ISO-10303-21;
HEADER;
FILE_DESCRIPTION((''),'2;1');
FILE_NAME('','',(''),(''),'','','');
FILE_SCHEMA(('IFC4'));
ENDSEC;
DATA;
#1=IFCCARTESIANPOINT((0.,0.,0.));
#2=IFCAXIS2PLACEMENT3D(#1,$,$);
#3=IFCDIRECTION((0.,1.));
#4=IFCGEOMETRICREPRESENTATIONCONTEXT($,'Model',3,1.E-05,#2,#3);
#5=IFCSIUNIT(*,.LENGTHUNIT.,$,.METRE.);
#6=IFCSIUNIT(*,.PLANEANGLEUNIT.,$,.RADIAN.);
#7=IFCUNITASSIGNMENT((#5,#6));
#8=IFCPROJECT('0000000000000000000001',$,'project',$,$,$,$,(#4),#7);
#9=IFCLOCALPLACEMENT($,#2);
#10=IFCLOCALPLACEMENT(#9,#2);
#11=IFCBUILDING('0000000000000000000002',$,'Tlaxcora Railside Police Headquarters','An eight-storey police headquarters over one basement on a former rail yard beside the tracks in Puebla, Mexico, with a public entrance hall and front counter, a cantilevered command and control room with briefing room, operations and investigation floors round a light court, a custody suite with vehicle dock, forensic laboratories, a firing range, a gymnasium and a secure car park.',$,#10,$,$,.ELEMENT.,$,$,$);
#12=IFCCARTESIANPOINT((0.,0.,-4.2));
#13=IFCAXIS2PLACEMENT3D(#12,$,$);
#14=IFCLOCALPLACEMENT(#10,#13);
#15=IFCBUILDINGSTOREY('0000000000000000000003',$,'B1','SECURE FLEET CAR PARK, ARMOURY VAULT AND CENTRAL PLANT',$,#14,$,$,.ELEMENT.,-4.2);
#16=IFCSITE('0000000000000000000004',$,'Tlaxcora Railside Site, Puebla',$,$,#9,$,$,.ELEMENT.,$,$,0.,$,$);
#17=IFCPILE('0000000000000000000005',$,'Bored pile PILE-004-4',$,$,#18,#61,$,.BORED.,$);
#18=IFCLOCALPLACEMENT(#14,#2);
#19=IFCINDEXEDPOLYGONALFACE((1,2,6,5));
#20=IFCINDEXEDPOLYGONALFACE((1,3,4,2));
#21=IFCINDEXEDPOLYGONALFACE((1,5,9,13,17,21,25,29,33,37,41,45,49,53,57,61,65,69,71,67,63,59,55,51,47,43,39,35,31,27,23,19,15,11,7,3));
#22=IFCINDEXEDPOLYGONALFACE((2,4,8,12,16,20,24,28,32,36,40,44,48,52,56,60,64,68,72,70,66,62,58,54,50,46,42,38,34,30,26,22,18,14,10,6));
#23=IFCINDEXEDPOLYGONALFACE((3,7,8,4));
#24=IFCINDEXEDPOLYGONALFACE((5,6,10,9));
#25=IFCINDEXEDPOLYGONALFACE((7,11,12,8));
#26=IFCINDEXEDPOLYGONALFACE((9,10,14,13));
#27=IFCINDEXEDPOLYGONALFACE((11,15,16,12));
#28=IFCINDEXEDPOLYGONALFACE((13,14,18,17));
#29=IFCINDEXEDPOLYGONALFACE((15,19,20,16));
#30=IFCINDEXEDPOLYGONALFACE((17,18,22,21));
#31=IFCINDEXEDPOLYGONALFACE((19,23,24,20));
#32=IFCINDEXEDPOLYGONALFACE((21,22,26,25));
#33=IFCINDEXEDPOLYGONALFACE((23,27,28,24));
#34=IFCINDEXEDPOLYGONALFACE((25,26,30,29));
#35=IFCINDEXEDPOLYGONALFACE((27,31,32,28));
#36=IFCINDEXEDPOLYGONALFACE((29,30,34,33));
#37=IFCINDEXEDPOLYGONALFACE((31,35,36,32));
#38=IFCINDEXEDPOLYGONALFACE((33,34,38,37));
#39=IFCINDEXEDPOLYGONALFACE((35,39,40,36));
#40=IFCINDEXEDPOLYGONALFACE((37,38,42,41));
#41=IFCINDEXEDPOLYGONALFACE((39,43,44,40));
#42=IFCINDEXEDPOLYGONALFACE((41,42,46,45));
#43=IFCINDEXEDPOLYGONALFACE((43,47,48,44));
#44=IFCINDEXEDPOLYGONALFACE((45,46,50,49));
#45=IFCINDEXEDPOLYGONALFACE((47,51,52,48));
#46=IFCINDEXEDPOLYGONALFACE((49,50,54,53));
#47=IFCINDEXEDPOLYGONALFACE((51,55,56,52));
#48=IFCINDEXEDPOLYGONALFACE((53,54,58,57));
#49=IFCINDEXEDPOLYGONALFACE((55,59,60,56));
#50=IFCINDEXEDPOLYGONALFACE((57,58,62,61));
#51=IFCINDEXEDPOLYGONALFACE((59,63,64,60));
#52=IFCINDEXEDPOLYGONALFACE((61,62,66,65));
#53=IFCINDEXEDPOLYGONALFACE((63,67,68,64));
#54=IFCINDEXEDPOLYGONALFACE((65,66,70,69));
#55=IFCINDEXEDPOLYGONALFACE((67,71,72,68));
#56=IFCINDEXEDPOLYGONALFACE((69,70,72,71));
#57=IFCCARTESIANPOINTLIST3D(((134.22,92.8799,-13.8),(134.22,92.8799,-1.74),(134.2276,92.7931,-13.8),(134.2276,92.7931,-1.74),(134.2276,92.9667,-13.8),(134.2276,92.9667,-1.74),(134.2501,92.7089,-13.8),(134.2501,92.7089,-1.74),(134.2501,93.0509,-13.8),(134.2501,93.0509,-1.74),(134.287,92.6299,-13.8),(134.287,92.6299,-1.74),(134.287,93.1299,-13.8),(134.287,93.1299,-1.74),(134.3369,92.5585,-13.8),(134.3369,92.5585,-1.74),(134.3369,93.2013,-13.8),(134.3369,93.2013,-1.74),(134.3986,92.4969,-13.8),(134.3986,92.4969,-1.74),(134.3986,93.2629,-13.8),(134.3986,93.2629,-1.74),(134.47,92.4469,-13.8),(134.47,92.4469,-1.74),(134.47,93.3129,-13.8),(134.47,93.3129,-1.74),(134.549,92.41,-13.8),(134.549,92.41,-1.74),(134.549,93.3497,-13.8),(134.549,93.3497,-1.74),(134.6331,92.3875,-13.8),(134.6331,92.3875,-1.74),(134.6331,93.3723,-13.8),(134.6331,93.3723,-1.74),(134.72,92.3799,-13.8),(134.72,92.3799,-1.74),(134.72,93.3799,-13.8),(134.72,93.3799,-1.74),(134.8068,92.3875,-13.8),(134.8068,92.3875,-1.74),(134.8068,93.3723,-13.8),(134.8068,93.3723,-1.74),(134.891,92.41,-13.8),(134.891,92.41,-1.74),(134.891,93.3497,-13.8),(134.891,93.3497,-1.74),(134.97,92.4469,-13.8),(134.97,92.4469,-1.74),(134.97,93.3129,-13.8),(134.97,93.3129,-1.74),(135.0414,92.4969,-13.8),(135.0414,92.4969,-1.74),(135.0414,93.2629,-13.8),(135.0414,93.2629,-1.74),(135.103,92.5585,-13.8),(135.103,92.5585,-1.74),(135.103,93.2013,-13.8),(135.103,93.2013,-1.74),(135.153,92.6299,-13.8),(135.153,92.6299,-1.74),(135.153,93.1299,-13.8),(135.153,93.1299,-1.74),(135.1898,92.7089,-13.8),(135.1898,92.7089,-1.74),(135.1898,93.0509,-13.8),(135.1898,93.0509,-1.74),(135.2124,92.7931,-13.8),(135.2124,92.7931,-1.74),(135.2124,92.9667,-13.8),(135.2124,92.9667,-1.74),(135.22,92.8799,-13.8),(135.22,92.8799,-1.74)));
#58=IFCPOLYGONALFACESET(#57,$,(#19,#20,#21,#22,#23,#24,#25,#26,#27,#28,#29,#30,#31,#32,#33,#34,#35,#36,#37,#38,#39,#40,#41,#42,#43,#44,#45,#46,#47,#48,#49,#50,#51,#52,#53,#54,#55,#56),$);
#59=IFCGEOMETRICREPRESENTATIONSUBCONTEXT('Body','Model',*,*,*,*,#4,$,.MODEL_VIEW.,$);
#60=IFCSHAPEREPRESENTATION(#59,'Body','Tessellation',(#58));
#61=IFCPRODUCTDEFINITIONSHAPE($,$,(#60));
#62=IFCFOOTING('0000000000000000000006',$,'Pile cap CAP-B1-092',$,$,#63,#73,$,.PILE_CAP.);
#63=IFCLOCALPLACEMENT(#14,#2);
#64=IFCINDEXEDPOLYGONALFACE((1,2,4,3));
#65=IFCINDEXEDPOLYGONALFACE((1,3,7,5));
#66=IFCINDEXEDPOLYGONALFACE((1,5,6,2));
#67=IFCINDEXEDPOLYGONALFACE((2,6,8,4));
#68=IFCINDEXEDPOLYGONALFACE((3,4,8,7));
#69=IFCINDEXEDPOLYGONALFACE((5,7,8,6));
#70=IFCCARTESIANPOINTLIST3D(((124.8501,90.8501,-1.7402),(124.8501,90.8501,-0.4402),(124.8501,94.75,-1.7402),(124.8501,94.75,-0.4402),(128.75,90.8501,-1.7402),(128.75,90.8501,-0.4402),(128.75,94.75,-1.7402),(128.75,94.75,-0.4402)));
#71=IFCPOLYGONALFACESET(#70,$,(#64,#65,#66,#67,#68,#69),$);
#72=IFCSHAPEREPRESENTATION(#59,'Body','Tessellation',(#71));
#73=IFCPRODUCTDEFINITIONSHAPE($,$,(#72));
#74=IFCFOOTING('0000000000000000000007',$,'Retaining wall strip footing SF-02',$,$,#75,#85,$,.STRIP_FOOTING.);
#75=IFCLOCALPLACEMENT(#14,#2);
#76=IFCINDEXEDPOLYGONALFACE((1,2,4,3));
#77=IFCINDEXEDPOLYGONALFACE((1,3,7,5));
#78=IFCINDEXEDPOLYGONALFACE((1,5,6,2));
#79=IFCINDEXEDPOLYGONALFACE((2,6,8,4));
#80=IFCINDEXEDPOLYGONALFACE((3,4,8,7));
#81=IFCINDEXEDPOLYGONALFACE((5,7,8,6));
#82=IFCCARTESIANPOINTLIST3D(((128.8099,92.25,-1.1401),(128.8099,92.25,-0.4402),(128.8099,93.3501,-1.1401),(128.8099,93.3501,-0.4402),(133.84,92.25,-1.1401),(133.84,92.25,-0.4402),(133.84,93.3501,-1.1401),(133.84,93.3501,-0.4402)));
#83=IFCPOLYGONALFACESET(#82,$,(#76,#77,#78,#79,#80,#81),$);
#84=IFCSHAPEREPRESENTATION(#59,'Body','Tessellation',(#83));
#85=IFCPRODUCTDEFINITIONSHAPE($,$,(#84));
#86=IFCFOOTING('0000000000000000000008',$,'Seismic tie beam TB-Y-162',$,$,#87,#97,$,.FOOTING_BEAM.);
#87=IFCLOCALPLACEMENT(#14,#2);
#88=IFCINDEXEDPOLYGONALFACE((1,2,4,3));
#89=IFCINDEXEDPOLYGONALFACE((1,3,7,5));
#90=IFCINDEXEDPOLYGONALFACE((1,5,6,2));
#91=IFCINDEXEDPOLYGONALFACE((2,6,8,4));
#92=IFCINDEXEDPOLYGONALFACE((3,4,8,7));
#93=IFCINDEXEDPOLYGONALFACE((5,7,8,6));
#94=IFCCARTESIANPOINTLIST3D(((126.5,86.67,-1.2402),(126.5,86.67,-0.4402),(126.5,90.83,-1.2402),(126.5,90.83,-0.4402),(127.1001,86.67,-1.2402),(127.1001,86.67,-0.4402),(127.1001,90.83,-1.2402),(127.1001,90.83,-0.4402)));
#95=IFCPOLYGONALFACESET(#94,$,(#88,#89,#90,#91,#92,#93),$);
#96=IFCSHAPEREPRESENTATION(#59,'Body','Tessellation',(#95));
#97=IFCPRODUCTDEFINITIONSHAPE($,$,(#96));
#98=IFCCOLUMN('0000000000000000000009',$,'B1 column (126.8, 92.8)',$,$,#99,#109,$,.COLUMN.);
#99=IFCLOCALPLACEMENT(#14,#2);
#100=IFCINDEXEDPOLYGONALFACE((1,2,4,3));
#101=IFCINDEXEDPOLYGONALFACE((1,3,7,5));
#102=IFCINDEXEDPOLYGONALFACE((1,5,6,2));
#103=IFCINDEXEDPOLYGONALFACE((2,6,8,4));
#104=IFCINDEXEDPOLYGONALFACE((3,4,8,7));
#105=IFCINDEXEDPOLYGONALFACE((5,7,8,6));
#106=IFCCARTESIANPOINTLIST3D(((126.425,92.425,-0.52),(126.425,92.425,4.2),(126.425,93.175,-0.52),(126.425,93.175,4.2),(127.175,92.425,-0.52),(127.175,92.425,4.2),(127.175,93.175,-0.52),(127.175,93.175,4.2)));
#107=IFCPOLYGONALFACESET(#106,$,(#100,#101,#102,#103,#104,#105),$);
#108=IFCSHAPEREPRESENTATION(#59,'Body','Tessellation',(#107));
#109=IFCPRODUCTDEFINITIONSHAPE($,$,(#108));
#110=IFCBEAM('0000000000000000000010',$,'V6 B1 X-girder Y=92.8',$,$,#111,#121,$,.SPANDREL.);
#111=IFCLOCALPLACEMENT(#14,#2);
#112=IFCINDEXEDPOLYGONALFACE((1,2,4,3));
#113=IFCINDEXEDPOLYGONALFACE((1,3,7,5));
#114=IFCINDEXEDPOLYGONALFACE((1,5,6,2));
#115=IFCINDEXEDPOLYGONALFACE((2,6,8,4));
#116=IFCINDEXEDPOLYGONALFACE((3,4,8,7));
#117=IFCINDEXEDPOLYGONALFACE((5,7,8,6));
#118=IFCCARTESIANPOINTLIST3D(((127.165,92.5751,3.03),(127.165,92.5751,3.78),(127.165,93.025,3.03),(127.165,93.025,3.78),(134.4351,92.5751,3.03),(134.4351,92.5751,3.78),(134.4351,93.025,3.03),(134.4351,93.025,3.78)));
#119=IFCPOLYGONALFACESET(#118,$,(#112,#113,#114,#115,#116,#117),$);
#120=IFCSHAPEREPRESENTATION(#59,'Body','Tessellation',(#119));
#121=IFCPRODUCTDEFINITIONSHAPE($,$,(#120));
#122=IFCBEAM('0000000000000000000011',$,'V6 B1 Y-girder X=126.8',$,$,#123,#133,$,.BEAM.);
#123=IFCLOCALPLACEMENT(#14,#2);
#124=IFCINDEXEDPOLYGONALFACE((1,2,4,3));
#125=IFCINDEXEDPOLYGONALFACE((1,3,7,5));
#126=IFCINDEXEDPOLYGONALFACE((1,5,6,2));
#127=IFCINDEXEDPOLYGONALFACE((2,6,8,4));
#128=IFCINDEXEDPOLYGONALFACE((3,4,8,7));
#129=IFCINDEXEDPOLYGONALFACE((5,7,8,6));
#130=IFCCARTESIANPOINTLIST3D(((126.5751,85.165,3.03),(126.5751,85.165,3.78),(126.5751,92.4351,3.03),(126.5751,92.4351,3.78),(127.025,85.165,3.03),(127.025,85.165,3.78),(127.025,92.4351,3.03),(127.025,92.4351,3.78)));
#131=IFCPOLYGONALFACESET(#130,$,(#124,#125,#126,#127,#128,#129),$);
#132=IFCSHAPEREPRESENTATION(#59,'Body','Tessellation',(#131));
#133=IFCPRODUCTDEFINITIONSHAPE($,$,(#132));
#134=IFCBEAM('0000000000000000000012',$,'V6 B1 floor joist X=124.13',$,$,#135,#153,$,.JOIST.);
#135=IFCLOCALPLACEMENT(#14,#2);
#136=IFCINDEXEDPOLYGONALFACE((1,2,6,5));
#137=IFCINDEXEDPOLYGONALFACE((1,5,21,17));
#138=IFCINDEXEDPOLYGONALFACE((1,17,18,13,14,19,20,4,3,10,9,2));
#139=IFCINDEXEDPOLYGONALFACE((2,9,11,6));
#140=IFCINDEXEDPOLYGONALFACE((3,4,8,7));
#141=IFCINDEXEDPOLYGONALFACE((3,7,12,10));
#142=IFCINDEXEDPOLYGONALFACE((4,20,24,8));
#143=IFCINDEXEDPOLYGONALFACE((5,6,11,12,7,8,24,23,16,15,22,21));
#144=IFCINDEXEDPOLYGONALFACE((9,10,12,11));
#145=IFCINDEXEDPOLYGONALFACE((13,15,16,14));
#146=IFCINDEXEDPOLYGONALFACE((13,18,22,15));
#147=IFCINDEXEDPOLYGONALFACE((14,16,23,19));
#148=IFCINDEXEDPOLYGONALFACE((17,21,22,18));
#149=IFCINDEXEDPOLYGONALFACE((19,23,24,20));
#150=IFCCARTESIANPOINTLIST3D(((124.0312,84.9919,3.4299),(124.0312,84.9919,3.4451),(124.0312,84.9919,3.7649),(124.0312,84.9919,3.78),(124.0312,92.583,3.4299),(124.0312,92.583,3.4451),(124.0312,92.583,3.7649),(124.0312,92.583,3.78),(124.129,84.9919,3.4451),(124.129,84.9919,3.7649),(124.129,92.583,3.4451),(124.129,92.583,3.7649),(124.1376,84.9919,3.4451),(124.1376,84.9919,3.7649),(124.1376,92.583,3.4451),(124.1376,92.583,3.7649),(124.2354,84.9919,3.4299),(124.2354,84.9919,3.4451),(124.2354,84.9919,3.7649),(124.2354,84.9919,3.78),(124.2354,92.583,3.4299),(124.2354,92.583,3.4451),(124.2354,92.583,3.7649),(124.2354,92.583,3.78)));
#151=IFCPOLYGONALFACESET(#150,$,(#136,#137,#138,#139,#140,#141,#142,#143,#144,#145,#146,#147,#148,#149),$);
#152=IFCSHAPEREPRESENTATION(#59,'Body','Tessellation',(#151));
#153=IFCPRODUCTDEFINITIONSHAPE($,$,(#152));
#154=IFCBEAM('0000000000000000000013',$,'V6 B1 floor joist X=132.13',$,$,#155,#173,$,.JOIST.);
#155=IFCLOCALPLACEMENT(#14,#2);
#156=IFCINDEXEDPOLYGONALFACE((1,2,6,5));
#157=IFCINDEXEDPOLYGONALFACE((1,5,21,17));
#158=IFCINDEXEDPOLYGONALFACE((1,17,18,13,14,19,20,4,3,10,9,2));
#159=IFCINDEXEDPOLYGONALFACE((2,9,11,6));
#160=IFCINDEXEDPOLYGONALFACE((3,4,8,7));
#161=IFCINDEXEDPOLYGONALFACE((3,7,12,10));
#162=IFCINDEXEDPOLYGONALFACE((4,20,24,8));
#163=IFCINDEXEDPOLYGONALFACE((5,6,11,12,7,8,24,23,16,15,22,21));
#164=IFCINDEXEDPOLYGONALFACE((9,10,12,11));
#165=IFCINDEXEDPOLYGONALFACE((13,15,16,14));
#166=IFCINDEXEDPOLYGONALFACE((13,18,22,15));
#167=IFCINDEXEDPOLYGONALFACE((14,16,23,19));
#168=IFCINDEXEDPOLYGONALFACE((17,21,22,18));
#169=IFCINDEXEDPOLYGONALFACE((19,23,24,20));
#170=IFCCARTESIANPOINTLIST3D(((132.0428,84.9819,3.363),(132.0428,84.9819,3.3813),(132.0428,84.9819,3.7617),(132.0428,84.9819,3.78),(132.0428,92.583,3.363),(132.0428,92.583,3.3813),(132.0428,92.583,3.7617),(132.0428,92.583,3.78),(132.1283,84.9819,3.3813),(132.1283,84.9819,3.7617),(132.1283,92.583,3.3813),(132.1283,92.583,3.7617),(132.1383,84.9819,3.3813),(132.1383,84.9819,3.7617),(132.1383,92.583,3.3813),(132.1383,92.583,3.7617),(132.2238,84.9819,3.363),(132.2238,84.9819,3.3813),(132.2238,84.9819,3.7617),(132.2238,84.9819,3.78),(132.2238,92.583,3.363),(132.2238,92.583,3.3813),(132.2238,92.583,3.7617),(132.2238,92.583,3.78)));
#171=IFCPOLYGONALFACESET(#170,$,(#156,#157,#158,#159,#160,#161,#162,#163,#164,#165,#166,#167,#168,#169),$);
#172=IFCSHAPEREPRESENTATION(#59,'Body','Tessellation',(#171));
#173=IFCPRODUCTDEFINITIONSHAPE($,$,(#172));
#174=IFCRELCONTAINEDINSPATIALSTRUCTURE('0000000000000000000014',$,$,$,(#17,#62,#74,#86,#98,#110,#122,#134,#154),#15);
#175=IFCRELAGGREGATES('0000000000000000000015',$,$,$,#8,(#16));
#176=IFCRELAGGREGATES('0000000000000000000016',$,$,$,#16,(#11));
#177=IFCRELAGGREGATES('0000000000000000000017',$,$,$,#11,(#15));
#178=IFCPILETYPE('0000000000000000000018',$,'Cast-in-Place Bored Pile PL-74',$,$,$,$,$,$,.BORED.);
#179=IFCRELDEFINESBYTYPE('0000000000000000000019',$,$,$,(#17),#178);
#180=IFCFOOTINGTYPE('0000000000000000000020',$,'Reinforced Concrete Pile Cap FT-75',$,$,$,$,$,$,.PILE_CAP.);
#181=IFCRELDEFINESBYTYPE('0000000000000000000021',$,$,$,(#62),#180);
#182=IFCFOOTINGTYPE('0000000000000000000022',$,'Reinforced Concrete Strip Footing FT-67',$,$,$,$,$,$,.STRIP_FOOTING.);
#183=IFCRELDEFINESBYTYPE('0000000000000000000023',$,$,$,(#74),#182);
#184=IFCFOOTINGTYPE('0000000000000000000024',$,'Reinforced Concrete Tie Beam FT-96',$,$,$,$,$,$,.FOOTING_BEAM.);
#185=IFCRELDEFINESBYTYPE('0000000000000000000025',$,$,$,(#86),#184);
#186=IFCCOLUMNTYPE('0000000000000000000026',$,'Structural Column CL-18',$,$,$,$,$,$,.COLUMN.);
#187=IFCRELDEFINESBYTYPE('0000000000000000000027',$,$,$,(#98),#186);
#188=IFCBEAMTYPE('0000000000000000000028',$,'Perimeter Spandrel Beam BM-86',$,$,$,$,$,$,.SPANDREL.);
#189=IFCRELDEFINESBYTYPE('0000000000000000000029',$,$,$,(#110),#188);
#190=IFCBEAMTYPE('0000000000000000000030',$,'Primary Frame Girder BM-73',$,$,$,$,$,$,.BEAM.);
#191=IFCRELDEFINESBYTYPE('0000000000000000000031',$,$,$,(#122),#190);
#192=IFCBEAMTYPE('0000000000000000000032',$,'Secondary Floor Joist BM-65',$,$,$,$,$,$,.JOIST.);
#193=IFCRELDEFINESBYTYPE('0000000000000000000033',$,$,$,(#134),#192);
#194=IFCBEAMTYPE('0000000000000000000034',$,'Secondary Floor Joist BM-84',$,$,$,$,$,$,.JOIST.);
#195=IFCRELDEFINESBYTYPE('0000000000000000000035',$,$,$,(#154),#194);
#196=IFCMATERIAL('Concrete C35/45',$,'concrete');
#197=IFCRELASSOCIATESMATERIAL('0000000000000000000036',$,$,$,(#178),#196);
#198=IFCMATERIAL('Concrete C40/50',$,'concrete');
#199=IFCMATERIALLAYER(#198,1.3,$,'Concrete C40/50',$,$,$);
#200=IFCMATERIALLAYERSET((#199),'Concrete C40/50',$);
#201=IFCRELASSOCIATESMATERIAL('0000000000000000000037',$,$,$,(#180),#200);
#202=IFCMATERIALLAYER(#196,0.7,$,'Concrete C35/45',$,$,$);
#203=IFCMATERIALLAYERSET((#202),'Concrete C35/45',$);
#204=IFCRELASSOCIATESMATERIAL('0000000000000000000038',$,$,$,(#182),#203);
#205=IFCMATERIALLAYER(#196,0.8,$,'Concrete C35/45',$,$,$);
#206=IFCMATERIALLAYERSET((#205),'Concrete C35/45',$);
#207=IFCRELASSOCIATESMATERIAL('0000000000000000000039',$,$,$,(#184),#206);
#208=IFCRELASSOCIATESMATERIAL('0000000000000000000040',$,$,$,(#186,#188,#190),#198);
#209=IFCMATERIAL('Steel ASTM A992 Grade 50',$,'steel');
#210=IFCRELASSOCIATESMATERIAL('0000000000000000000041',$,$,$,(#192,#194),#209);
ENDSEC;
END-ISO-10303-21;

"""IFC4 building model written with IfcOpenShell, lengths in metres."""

from ifc_helpers import new_model, si_unit, direction, frame, origin, origin_2d, place, context, subcontext, project, spatial, rectangle, circle, i_section, extrude, material, layer, layer_set, material_profile, profile_set, type_object, element, save


model = new_model("IFC4")

# Units and contexts
model_context = context("Model", 3, precision=1e-05, world=origin(), true_north=direction((0.0, 1.0)))
body_context = subcontext(model_context, "Body", "Model", "MODEL_VIEW")
ifc_project = project(units=[si_unit("LENGTHUNIT", "METRE"), si_unit("PLANEANGLEUNIT", "RADIAN")], contexts=[model_context])

# Site, building, storey
site_placement = place(None, origin())
site = spatial("IfcSite", under=ifc_project, at=site_placement, Name="Tlaxcora Railside Site, Puebla", CompositionType="ELEMENT", RefElevation=0.0)
building_placement = place(site_placement, origin())
building = spatial("IfcBuilding", under=site, at=building_placement, Name="Tlaxcora Railside Police Headquarters", Description="An eight-storey police headquarters over one basement on a former rail yard beside the tracks in Puebla, Mexico, with a public entrance hall and front counter, a cantilevered command and control room with briefing room, operations and investigation floors round a light court, a custody suite with vehicle dock, forensic laboratories, a firing range, a gymnasium and a secure car park.", CompositionType="ELEMENT")
storey_placement = place(building_placement, frame((0.0, 0.0, -4.2)))
storey = spatial("IfcBuildingStorey", under=building, at=storey_placement, Name="B1", Description="SECURE FLEET CAR PARK, ARMOURY VAULT AND CENTRAL PLANT", CompositionType="ELEMENT", Elevation=-4.2)

# Pile
ifc_material_1 = material(Name="Concrete C35/45", Category="concrete")
ifc_material_profile_1 = material_profile(ifc_material_1, circle(Radius=0.5, at=origin_2d()), Name="PILE1000")
ifc_profile_set_1 = profile_set([ifc_material_profile_1], Name="Concrete C35/45")
pile_type_1 = type_object("IfcPileType", Name="Cast-in-Place Bored Pile PL-74", PredefinedType="BORED", material=ifc_profile_set_1)
for number, where, z_axis, x_axis, name in (
    (1, (134.72, 92.8799, -1.74), (0.0, 0.0, -1.0), (1.0, 0.0, 0.0), "Bored pile PILE-004-4"),
):
    element("IfcPile", number, at=place(storey_placement, frame(where, z_axis=z_axis, x_axis=x_axis)), inside=storey, type_object=pile_type_1, Name=name, PredefinedType="BORED", context=body_context, shape_type="SweptSolid", body=[
        extrude(circle(Radius=0.5, at=origin_2d()), origin(), (0.0, 0.0, 1.0), 12.0601),
    ])

# Footings
ifc_material_2 = material(Name="Concrete C40/50", Category="concrete")
ifc_layer_1 = layer(ifc_material_2, 1.3, Name="Concrete C40/50")
ifc_layer_set_1 = layer_set([ifc_layer_1], Name="Concrete C40/50")
footing_type_1 = type_object("IfcFootingType", Name="Reinforced Concrete Pile Cap FT-75", PredefinedType="PILE_CAP", material=ifc_layer_set_1)
footing_1_placement = place(storey_placement, frame((126.8, 92.8, -1.7402), z_axis=(0.0, 0.0, 1.0), x_axis=(1.0, 0.0, 0.0)))
element("IfcFooting", 2, at=footing_1_placement, inside=storey, type_object=footing_type_1, Name="Pile cap CAP-B1-092", PredefinedType="PILE_CAP", context=body_context, shape_type="SweptSolid", body=[
    extrude(rectangle(XDim=3.8999, YDim=3.8999, at=origin_2d()), origin(), (0.0, 0.0, 1.0), 1.3),
])
ifc_layer_2 = layer(ifc_material_1, 0.7, Name="Concrete C35/45")
ifc_layer_set_2 = layer_set([ifc_layer_2], Name="Concrete C35/45")
footing_type_2 = type_object("IfcFootingType", Name="Reinforced Concrete Strip Footing FT-67", PredefinedType="STRIP_FOOTING", material=ifc_layer_set_2)
footing_2_placement = place(storey_placement, frame((131.325, 92.8, -1.1401), z_axis=(0.0, 0.0, 1.0), x_axis=(1.0, 0.0, 0.0)))
element("IfcFooting", 3, at=footing_2_placement, inside=storey, type_object=footing_type_2, Name="Retaining wall strip footing SF-02", PredefinedType="STRIP_FOOTING", context=body_context, shape_type="SweptSolid", body=[
    extrude(rectangle(XDim=5.03, YDim=1.1001, at=origin_2d()), origin(), (0.0, 0.0, 1.0), 0.7),
])
ifc_layer_3 = layer(ifc_material_1, 0.8, Name="Concrete C35/45")
ifc_layer_set_3 = layer_set([ifc_layer_3], Name="Concrete C35/45")
footing_type_3 = type_object("IfcFootingType", Name="Reinforced Concrete Tie Beam FT-96", PredefinedType="FOOTING_BEAM", material=ifc_layer_set_3)
footing_3_placement = place(storey_placement, frame((126.8, 88.75, -1.2402), z_axis=(0.0, 0.0, 1.0), x_axis=(0.0, 1.0, 0.0)))
element("IfcFooting", 4, at=footing_3_placement, inside=storey, type_object=footing_type_3, Name="Seismic tie beam TB-Y-162", PredefinedType="FOOTING_BEAM", context=body_context, shape_type="SweptSolid", body=[
    extrude(rectangle(XDim=4.1599, YDim=0.6001, at=origin_2d()), origin(), (0.0, 0.0, 1.0), 0.8),
])

# Column
ifc_material_profile_2 = material_profile(ifc_material_2, rectangle(XDim=0.75, YDim=0.75, at=origin_2d()), Name="RC750X750")
ifc_profile_set_2 = profile_set([ifc_material_profile_2], Name="Concrete C40/50")
column_type = type_object("IfcColumnType", Name="Structural Column CL-18", PredefinedType="COLUMN", material=ifc_profile_set_2)
column_placement = place(storey_placement, frame((126.8, 92.8, -0.52), z_axis=(0.0, 0.0, 1.0), x_axis=(1.0, 0.0, 0.0)))
element("IfcColumn", 5, at=column_placement, inside=storey, type_object=column_type, Name="B1 column (126.8, 92.8)", PredefinedType="COLUMN", context=body_context, shape_type="SweptSolid", body=[
    extrude(rectangle(XDim=0.75, YDim=0.75, at=origin_2d()), origin(), (0.0, 0.0, 1.0), 4.72),
])

# Beams
ifc_material_profile_3 = material_profile(ifc_material_2, rectangle(XDim=0.45, YDim=0.75, at=origin_2d()), Name="RC450X750")
ifc_profile_set_3 = profile_set([ifc_material_profile_3], Name="Concrete C40/50")
beam_type_1 = type_object("IfcBeamType", Name="Perimeter Spandrel Beam BM-86", PredefinedType="SPANDREL", material=ifc_profile_set_3)
beam_1_placement = place(storey_placement, frame((127.165, 92.8, 3.405), z_axis=(1.0, 0.0, 0.0), x_axis=(0.0, 1.0, 0.0)))
element("IfcBeam", 6, at=beam_1_placement, inside=storey, type_object=beam_type_1, Name="V6 B1 X-girder Y=92.8", PredefinedType="SPANDREL", context=body_context, shape_type="SweptSolid", body=[
    extrude(rectangle(XDim=0.45, YDim=0.75, at=origin_2d()), origin(), (0.0, 0.0, 1.0), 7.27),
])
ifc_material_profile_4 = material_profile(ifc_material_2, rectangle(XDim=0.45, YDim=0.75, at=origin_2d()), Name="RC450X750")
ifc_profile_set_4 = profile_set([ifc_material_profile_4], Name="Concrete C40/50")
beam_type_2 = type_object("IfcBeamType", Name="Primary Frame Girder BM-73", PredefinedType="BEAM", material=ifc_profile_set_4)
beam_2_placement = place(storey_placement, frame((126.8, 85.165, 3.405), z_axis=(0.0, 1.0, 0.0), x_axis=(-1.0, 0.0, 0.0)))
element("IfcBeam", 7, at=beam_2_placement, inside=storey, type_object=beam_type_2, Name="V6 B1 Y-girder X=126.8", PredefinedType="BEAM", context=body_context, shape_type="SweptSolid", body=[
    extrude(rectangle(XDim=0.45, YDim=0.75, at=origin_2d()), origin(), (0.0, 0.0, 1.0), 7.27),
])
ifc_material_3 = material(Name="Steel ASTM A992 Grade 50", Category="steel")
ifc_material_profile_5 = material_profile(ifc_material_3, i_section(OverallWidth=0.2041, OverallDepth=0.3501, WebThickness=0.0085, FlangeThickness=0.0151, at=origin_2d()), Name="W14X48")
ifc_profile_set_5 = profile_set([ifc_material_profile_5], Name="Steel ASTM A992 Grade 50")
beam_type_3 = type_object("IfcBeamType", Name="Secondary Floor Joist BM-65", PredefinedType="JOIST", material=ifc_profile_set_5)
beam_3_placement = place(storey_placement, frame((124.1333, 84.9919, 3.605), z_axis=(0.0, 1.0, 0.0), x_axis=(-1.0, 0.0, 0.0)))
element("IfcBeam", 8, at=beam_3_placement, inside=storey, type_object=beam_type_3, Name="V6 B1 floor joist X=124.13", PredefinedType="JOIST", context=body_context, shape_type="SweptSolid", body=[
    extrude(i_section(OverallWidth=0.2041, OverallDepth=0.3501, WebThickness=0.0085, FlangeThickness=0.0151, at=origin_2d()), origin(), (0.0, 0.0, 1.0), 7.5911),
])
ifc_material_profile_6 = material_profile(ifc_material_3, i_section(OverallWidth=0.1809, OverallDepth=0.417, WebThickness=0.01, FlangeThickness=0.0183, at=origin_2d()), Name="W16X57")
ifc_profile_set_6 = profile_set([ifc_material_profile_6], Name="Steel ASTM A992 Grade 50")
beam_type_4 = type_object("IfcBeamType", Name="Secondary Floor Joist BM-84", PredefinedType="JOIST", material=ifc_profile_set_6)
beam_4_placement = place(storey_placement, frame((132.1333, 84.9819, 3.5715), z_axis=(0.0, 1.0, 0.0), x_axis=(-1.0, 0.0, 0.0)))
element("IfcBeam", 9, at=beam_4_placement, inside=storey, type_object=beam_type_4, Name="V6 B1 floor joist X=132.13", PredefinedType="JOIST", context=body_context, shape_type="SweptSolid", body=[
    extrude(i_section(OverallWidth=0.1809, OverallDepth=0.417, WebThickness=0.01, FlangeThickness=0.0183, at=origin_2d()), origin(), (0.0, 0.0, 1.0), 7.6011),
])

save(model, "model.ifc")
